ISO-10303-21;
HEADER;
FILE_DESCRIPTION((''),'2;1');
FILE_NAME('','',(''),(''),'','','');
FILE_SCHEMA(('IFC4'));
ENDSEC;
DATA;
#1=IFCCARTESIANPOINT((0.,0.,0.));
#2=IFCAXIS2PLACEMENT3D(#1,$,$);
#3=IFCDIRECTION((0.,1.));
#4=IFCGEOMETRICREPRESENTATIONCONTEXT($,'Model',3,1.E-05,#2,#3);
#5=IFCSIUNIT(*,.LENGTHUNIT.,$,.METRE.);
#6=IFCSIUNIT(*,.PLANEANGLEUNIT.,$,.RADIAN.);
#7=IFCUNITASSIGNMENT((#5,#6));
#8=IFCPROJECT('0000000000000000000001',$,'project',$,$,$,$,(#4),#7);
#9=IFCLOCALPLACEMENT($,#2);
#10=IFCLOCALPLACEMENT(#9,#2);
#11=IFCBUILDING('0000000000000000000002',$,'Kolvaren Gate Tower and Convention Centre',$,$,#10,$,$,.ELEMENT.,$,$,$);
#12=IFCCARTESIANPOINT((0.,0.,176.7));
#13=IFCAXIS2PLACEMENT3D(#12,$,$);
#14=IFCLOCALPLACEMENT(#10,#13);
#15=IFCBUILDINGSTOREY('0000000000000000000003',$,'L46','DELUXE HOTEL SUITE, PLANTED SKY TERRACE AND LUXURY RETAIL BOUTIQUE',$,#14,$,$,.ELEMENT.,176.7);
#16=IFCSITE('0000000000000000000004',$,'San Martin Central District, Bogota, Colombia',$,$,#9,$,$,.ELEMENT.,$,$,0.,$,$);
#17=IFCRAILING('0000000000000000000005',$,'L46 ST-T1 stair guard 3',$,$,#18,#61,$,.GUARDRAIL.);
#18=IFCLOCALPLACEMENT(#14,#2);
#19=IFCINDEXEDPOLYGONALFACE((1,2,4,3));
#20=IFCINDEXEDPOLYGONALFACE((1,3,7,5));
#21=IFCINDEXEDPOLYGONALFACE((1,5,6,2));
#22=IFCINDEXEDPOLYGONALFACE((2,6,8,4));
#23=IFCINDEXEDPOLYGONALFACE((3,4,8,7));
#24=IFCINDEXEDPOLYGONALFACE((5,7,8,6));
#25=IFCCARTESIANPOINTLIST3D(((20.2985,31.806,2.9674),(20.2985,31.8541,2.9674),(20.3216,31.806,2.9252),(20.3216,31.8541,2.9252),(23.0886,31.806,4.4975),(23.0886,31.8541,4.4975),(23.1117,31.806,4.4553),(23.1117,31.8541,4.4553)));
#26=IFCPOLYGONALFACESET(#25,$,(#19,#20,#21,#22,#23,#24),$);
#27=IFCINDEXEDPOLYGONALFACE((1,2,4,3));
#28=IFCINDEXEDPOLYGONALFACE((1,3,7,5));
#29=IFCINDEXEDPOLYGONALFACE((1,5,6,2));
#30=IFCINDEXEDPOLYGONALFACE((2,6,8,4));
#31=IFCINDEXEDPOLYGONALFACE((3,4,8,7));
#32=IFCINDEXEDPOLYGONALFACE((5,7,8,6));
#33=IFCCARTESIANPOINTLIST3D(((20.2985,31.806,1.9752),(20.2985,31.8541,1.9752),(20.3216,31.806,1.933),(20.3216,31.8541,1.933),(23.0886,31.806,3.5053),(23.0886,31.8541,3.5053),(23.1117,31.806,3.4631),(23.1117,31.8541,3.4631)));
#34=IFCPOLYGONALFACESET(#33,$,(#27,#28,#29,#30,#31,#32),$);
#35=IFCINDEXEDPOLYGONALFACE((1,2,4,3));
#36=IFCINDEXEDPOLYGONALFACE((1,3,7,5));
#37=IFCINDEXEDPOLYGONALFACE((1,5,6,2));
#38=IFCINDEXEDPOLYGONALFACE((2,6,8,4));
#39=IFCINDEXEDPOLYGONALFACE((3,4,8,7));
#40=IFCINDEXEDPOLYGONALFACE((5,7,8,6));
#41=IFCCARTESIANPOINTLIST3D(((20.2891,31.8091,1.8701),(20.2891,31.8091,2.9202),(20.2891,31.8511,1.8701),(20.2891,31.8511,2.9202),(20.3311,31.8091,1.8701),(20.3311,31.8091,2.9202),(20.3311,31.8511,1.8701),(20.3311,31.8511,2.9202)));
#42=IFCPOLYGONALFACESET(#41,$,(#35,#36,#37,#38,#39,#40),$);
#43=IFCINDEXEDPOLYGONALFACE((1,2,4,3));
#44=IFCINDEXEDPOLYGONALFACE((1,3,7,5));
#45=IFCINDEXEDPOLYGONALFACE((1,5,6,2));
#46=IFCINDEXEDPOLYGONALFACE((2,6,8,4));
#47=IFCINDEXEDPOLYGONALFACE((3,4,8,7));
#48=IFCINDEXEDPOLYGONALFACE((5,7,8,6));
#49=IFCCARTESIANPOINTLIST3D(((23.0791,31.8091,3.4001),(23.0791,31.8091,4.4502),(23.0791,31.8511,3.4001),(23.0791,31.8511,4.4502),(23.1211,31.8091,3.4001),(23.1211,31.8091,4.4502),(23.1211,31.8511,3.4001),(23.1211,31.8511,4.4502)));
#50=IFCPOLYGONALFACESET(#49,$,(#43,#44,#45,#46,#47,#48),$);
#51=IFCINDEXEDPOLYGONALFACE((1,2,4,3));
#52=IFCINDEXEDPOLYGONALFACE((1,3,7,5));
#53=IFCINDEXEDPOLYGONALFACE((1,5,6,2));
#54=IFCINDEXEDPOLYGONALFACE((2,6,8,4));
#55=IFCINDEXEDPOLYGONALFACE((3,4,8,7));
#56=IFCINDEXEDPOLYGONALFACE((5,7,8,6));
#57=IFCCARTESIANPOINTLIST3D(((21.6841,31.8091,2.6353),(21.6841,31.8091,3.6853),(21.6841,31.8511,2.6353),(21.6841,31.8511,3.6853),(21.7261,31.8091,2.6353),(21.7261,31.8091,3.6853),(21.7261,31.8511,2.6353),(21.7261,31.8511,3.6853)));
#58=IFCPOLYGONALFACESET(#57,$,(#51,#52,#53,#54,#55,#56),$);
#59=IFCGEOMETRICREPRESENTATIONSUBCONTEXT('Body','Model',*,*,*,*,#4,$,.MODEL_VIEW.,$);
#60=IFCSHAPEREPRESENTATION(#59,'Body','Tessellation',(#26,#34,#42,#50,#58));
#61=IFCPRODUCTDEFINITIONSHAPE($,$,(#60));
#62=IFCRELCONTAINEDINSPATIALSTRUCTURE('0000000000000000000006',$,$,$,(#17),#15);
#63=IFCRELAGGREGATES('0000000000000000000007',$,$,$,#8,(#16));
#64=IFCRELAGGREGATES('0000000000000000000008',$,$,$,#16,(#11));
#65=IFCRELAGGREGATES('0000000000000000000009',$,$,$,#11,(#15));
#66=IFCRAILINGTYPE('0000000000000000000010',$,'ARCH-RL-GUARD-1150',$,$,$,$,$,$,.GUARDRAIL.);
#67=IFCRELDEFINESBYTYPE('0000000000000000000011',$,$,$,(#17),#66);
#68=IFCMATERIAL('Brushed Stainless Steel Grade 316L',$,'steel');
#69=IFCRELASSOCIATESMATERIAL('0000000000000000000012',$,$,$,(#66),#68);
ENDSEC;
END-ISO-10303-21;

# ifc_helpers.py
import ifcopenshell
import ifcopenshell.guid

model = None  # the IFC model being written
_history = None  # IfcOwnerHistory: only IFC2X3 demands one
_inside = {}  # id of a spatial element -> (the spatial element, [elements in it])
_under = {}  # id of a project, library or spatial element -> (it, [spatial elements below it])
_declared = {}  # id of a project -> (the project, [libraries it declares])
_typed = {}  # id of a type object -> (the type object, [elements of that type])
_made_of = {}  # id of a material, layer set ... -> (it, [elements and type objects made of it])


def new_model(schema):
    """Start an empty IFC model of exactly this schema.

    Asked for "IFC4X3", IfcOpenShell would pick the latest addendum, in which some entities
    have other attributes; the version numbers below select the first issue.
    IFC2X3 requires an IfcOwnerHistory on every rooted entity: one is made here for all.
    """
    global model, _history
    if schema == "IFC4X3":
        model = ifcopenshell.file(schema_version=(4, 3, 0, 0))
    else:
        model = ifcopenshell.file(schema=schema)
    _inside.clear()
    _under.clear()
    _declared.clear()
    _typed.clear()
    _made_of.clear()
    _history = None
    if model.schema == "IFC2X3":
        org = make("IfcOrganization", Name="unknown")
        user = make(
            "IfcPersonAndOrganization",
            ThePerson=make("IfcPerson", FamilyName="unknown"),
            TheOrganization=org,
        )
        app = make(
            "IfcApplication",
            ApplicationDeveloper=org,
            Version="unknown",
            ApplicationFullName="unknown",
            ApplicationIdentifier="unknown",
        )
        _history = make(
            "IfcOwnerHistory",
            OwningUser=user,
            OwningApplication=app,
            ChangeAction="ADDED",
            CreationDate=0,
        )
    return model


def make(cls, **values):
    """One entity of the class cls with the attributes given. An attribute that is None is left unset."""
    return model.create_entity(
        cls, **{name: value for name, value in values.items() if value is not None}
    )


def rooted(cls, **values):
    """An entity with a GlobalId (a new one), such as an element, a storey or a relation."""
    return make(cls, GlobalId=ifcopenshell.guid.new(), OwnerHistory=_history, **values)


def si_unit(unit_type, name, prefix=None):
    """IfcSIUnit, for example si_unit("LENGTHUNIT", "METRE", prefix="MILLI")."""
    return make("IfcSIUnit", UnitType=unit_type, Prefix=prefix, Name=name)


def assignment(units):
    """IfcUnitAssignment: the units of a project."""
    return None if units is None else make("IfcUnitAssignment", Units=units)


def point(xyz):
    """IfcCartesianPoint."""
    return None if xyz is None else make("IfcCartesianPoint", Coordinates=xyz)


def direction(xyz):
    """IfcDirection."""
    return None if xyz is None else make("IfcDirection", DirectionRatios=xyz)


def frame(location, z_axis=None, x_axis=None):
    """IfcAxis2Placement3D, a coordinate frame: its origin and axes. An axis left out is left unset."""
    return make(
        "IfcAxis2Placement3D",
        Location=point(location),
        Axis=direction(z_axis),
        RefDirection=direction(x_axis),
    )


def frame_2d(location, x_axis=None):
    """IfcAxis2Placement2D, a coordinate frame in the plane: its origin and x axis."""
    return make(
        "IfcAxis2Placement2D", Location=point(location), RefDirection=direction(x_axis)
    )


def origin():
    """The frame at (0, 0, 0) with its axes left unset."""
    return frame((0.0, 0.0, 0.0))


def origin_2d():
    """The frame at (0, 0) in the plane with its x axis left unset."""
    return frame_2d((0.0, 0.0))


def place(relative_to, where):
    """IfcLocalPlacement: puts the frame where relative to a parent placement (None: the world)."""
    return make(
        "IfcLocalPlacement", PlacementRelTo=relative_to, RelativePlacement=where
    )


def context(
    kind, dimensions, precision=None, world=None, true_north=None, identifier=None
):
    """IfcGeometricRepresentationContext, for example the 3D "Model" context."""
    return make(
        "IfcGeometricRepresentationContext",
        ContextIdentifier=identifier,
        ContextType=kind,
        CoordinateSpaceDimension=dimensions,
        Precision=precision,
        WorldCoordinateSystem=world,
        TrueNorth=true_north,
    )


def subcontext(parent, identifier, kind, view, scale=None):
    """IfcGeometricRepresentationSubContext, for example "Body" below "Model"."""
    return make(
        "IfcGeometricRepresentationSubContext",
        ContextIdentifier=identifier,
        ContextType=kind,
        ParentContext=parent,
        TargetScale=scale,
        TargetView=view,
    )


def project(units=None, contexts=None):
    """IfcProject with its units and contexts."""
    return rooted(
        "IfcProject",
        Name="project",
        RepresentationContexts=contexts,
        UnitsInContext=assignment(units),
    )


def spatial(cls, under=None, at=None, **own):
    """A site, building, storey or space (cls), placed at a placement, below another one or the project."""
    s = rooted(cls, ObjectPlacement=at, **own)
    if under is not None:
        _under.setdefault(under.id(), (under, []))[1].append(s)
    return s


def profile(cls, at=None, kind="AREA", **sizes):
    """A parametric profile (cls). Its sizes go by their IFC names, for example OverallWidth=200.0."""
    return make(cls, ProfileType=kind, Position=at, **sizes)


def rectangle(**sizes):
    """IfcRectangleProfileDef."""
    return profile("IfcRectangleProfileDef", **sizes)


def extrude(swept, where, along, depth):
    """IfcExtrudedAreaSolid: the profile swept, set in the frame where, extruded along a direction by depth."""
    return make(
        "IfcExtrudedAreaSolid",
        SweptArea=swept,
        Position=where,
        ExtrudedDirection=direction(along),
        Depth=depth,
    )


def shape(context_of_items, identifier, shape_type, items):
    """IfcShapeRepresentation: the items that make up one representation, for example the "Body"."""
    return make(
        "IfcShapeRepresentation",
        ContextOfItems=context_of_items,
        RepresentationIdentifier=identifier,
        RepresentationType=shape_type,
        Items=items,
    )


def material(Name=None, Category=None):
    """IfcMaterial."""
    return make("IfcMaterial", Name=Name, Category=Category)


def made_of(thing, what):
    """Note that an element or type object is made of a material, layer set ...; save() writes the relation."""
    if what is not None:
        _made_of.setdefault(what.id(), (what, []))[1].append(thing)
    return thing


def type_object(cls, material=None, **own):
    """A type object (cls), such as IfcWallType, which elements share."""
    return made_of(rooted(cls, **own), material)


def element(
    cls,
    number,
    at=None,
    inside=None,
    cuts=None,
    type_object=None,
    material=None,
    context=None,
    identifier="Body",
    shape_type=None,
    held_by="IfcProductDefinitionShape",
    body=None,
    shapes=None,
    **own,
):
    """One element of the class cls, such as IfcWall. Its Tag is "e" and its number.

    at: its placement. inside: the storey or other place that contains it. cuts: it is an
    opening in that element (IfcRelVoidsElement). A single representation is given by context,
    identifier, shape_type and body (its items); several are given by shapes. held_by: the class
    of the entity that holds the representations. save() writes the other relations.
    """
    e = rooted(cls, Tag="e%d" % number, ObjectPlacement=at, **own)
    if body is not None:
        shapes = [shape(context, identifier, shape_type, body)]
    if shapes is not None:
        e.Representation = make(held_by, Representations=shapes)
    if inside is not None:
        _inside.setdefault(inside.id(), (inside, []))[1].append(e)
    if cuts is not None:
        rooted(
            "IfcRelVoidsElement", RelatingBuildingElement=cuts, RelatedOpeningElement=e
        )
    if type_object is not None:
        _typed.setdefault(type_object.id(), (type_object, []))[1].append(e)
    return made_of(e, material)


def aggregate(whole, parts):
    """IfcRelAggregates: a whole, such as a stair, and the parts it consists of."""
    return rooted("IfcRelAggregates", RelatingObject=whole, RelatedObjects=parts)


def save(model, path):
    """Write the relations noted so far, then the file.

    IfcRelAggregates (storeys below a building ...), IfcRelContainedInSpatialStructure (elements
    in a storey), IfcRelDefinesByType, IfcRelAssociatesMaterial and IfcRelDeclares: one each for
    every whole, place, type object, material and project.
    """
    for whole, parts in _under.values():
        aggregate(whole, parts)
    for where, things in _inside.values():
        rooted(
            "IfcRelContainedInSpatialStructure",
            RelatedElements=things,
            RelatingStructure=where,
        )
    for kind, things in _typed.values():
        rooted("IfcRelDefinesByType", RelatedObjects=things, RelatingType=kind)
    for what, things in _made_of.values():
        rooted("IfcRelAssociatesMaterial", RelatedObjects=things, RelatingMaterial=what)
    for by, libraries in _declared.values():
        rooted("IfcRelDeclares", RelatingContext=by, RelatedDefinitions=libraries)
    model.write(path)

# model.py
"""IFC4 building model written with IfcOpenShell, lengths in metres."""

from ifc_helpers import new_model, si_unit, direction, frame, origin, origin_2d, place, context, subcontext, project, spatial, rectangle, extrude, material, type_object, element, save


model = new_model("IFC4")

# Units and contexts
model_context = context("Model", 3, precision=1e-05, world=origin(), true_north=direction((0.0, 1.0)))
body_context = subcontext(model_context, "Body", "Model", "MODEL_VIEW")
ifc_project = project(units=[si_unit("LENGTHUNIT", "METRE"), si_unit("PLANEANGLEUNIT", "RADIAN")], contexts=[model_context])

# Site, building, storey
site_placement = place(None, origin())
site = spatial("IfcSite", under=ifc_project, at=site_placement, Name="San Martin Central District, Bogota, Colombia", CompositionType="ELEMENT", RefElevation=0.0)
building_placement = place(site_placement, origin())
building = spatial("IfcBuilding", under=site, at=building_placement, Name="Kolvaren Gate Tower and Convention Centre", CompositionType="ELEMENT")
storey_placement = place(building_placement, frame((0.0, 0.0, 176.7)))
storey = spatial("IfcBuildingStorey", under=building, at=storey_placement, Name="L46", Description="DELUXE HOTEL SUITE, PLANTED SKY TERRACE AND LUXURY RETAIL BOUTIQUE", CompositionType="ELEMENT", Elevation=176.7)

# Railing
ifc_material_1 = material(Name="Brushed Stainless Steel Grade 316L", Category="steel")
railing_type = type_object("IfcRailingType", Name="ARCH-RL-GUARD-1150", PredefinedType="GUARDRAIL", material=ifc_material_1)
railing_1_placement = place(storey_placement, frame((20.3101, 31.8301, 1.8701)))
element("IfcRailing", 1, at=railing_1_placement, inside=storey, type_object=railing_type, Name="L46 ST-T1 stair guard 3", PredefinedType="GUARDRAIL", context=body_context, shape_type="SweptSolid", body=[
    extrude(rectangle(XDim=0.0481, YDim=0.0481, at=origin_2d()), frame((0.0, 0.0, 1.0762), z_axis=(0.876811, 0.0, 0.480835), x_axis=(0.0, 1.0, 0.0)), (0.0, 0.0, 1.0), 3.1821),
    extrude(rectangle(XDim=0.0481, YDim=0.0481, at=origin_2d()), frame((0.0, 0.0, 0.084), z_axis=(0.876811, 0.0, 0.480835), x_axis=(0.0, 1.0, 0.0)), (0.0, 0.0, 1.0), 3.1821),
    extrude(rectangle(XDim=0.042, YDim=0.042, at=origin_2d()), origin(), (0.0, 0.0, 1.0), 1.05),
    extrude(rectangle(XDim=0.042, YDim=0.042, at=origin_2d()), frame((2.79, 0.0, 1.53)), (0.0, 0.0, 1.0), 1.05),
    extrude(rectangle(XDim=0.042, YDim=0.042, at=origin_2d()), frame((1.395, 0.0, 0.7651)), (0.0, 0.0, 1.0), 1.05),
])

save(model, "model.ifc")
